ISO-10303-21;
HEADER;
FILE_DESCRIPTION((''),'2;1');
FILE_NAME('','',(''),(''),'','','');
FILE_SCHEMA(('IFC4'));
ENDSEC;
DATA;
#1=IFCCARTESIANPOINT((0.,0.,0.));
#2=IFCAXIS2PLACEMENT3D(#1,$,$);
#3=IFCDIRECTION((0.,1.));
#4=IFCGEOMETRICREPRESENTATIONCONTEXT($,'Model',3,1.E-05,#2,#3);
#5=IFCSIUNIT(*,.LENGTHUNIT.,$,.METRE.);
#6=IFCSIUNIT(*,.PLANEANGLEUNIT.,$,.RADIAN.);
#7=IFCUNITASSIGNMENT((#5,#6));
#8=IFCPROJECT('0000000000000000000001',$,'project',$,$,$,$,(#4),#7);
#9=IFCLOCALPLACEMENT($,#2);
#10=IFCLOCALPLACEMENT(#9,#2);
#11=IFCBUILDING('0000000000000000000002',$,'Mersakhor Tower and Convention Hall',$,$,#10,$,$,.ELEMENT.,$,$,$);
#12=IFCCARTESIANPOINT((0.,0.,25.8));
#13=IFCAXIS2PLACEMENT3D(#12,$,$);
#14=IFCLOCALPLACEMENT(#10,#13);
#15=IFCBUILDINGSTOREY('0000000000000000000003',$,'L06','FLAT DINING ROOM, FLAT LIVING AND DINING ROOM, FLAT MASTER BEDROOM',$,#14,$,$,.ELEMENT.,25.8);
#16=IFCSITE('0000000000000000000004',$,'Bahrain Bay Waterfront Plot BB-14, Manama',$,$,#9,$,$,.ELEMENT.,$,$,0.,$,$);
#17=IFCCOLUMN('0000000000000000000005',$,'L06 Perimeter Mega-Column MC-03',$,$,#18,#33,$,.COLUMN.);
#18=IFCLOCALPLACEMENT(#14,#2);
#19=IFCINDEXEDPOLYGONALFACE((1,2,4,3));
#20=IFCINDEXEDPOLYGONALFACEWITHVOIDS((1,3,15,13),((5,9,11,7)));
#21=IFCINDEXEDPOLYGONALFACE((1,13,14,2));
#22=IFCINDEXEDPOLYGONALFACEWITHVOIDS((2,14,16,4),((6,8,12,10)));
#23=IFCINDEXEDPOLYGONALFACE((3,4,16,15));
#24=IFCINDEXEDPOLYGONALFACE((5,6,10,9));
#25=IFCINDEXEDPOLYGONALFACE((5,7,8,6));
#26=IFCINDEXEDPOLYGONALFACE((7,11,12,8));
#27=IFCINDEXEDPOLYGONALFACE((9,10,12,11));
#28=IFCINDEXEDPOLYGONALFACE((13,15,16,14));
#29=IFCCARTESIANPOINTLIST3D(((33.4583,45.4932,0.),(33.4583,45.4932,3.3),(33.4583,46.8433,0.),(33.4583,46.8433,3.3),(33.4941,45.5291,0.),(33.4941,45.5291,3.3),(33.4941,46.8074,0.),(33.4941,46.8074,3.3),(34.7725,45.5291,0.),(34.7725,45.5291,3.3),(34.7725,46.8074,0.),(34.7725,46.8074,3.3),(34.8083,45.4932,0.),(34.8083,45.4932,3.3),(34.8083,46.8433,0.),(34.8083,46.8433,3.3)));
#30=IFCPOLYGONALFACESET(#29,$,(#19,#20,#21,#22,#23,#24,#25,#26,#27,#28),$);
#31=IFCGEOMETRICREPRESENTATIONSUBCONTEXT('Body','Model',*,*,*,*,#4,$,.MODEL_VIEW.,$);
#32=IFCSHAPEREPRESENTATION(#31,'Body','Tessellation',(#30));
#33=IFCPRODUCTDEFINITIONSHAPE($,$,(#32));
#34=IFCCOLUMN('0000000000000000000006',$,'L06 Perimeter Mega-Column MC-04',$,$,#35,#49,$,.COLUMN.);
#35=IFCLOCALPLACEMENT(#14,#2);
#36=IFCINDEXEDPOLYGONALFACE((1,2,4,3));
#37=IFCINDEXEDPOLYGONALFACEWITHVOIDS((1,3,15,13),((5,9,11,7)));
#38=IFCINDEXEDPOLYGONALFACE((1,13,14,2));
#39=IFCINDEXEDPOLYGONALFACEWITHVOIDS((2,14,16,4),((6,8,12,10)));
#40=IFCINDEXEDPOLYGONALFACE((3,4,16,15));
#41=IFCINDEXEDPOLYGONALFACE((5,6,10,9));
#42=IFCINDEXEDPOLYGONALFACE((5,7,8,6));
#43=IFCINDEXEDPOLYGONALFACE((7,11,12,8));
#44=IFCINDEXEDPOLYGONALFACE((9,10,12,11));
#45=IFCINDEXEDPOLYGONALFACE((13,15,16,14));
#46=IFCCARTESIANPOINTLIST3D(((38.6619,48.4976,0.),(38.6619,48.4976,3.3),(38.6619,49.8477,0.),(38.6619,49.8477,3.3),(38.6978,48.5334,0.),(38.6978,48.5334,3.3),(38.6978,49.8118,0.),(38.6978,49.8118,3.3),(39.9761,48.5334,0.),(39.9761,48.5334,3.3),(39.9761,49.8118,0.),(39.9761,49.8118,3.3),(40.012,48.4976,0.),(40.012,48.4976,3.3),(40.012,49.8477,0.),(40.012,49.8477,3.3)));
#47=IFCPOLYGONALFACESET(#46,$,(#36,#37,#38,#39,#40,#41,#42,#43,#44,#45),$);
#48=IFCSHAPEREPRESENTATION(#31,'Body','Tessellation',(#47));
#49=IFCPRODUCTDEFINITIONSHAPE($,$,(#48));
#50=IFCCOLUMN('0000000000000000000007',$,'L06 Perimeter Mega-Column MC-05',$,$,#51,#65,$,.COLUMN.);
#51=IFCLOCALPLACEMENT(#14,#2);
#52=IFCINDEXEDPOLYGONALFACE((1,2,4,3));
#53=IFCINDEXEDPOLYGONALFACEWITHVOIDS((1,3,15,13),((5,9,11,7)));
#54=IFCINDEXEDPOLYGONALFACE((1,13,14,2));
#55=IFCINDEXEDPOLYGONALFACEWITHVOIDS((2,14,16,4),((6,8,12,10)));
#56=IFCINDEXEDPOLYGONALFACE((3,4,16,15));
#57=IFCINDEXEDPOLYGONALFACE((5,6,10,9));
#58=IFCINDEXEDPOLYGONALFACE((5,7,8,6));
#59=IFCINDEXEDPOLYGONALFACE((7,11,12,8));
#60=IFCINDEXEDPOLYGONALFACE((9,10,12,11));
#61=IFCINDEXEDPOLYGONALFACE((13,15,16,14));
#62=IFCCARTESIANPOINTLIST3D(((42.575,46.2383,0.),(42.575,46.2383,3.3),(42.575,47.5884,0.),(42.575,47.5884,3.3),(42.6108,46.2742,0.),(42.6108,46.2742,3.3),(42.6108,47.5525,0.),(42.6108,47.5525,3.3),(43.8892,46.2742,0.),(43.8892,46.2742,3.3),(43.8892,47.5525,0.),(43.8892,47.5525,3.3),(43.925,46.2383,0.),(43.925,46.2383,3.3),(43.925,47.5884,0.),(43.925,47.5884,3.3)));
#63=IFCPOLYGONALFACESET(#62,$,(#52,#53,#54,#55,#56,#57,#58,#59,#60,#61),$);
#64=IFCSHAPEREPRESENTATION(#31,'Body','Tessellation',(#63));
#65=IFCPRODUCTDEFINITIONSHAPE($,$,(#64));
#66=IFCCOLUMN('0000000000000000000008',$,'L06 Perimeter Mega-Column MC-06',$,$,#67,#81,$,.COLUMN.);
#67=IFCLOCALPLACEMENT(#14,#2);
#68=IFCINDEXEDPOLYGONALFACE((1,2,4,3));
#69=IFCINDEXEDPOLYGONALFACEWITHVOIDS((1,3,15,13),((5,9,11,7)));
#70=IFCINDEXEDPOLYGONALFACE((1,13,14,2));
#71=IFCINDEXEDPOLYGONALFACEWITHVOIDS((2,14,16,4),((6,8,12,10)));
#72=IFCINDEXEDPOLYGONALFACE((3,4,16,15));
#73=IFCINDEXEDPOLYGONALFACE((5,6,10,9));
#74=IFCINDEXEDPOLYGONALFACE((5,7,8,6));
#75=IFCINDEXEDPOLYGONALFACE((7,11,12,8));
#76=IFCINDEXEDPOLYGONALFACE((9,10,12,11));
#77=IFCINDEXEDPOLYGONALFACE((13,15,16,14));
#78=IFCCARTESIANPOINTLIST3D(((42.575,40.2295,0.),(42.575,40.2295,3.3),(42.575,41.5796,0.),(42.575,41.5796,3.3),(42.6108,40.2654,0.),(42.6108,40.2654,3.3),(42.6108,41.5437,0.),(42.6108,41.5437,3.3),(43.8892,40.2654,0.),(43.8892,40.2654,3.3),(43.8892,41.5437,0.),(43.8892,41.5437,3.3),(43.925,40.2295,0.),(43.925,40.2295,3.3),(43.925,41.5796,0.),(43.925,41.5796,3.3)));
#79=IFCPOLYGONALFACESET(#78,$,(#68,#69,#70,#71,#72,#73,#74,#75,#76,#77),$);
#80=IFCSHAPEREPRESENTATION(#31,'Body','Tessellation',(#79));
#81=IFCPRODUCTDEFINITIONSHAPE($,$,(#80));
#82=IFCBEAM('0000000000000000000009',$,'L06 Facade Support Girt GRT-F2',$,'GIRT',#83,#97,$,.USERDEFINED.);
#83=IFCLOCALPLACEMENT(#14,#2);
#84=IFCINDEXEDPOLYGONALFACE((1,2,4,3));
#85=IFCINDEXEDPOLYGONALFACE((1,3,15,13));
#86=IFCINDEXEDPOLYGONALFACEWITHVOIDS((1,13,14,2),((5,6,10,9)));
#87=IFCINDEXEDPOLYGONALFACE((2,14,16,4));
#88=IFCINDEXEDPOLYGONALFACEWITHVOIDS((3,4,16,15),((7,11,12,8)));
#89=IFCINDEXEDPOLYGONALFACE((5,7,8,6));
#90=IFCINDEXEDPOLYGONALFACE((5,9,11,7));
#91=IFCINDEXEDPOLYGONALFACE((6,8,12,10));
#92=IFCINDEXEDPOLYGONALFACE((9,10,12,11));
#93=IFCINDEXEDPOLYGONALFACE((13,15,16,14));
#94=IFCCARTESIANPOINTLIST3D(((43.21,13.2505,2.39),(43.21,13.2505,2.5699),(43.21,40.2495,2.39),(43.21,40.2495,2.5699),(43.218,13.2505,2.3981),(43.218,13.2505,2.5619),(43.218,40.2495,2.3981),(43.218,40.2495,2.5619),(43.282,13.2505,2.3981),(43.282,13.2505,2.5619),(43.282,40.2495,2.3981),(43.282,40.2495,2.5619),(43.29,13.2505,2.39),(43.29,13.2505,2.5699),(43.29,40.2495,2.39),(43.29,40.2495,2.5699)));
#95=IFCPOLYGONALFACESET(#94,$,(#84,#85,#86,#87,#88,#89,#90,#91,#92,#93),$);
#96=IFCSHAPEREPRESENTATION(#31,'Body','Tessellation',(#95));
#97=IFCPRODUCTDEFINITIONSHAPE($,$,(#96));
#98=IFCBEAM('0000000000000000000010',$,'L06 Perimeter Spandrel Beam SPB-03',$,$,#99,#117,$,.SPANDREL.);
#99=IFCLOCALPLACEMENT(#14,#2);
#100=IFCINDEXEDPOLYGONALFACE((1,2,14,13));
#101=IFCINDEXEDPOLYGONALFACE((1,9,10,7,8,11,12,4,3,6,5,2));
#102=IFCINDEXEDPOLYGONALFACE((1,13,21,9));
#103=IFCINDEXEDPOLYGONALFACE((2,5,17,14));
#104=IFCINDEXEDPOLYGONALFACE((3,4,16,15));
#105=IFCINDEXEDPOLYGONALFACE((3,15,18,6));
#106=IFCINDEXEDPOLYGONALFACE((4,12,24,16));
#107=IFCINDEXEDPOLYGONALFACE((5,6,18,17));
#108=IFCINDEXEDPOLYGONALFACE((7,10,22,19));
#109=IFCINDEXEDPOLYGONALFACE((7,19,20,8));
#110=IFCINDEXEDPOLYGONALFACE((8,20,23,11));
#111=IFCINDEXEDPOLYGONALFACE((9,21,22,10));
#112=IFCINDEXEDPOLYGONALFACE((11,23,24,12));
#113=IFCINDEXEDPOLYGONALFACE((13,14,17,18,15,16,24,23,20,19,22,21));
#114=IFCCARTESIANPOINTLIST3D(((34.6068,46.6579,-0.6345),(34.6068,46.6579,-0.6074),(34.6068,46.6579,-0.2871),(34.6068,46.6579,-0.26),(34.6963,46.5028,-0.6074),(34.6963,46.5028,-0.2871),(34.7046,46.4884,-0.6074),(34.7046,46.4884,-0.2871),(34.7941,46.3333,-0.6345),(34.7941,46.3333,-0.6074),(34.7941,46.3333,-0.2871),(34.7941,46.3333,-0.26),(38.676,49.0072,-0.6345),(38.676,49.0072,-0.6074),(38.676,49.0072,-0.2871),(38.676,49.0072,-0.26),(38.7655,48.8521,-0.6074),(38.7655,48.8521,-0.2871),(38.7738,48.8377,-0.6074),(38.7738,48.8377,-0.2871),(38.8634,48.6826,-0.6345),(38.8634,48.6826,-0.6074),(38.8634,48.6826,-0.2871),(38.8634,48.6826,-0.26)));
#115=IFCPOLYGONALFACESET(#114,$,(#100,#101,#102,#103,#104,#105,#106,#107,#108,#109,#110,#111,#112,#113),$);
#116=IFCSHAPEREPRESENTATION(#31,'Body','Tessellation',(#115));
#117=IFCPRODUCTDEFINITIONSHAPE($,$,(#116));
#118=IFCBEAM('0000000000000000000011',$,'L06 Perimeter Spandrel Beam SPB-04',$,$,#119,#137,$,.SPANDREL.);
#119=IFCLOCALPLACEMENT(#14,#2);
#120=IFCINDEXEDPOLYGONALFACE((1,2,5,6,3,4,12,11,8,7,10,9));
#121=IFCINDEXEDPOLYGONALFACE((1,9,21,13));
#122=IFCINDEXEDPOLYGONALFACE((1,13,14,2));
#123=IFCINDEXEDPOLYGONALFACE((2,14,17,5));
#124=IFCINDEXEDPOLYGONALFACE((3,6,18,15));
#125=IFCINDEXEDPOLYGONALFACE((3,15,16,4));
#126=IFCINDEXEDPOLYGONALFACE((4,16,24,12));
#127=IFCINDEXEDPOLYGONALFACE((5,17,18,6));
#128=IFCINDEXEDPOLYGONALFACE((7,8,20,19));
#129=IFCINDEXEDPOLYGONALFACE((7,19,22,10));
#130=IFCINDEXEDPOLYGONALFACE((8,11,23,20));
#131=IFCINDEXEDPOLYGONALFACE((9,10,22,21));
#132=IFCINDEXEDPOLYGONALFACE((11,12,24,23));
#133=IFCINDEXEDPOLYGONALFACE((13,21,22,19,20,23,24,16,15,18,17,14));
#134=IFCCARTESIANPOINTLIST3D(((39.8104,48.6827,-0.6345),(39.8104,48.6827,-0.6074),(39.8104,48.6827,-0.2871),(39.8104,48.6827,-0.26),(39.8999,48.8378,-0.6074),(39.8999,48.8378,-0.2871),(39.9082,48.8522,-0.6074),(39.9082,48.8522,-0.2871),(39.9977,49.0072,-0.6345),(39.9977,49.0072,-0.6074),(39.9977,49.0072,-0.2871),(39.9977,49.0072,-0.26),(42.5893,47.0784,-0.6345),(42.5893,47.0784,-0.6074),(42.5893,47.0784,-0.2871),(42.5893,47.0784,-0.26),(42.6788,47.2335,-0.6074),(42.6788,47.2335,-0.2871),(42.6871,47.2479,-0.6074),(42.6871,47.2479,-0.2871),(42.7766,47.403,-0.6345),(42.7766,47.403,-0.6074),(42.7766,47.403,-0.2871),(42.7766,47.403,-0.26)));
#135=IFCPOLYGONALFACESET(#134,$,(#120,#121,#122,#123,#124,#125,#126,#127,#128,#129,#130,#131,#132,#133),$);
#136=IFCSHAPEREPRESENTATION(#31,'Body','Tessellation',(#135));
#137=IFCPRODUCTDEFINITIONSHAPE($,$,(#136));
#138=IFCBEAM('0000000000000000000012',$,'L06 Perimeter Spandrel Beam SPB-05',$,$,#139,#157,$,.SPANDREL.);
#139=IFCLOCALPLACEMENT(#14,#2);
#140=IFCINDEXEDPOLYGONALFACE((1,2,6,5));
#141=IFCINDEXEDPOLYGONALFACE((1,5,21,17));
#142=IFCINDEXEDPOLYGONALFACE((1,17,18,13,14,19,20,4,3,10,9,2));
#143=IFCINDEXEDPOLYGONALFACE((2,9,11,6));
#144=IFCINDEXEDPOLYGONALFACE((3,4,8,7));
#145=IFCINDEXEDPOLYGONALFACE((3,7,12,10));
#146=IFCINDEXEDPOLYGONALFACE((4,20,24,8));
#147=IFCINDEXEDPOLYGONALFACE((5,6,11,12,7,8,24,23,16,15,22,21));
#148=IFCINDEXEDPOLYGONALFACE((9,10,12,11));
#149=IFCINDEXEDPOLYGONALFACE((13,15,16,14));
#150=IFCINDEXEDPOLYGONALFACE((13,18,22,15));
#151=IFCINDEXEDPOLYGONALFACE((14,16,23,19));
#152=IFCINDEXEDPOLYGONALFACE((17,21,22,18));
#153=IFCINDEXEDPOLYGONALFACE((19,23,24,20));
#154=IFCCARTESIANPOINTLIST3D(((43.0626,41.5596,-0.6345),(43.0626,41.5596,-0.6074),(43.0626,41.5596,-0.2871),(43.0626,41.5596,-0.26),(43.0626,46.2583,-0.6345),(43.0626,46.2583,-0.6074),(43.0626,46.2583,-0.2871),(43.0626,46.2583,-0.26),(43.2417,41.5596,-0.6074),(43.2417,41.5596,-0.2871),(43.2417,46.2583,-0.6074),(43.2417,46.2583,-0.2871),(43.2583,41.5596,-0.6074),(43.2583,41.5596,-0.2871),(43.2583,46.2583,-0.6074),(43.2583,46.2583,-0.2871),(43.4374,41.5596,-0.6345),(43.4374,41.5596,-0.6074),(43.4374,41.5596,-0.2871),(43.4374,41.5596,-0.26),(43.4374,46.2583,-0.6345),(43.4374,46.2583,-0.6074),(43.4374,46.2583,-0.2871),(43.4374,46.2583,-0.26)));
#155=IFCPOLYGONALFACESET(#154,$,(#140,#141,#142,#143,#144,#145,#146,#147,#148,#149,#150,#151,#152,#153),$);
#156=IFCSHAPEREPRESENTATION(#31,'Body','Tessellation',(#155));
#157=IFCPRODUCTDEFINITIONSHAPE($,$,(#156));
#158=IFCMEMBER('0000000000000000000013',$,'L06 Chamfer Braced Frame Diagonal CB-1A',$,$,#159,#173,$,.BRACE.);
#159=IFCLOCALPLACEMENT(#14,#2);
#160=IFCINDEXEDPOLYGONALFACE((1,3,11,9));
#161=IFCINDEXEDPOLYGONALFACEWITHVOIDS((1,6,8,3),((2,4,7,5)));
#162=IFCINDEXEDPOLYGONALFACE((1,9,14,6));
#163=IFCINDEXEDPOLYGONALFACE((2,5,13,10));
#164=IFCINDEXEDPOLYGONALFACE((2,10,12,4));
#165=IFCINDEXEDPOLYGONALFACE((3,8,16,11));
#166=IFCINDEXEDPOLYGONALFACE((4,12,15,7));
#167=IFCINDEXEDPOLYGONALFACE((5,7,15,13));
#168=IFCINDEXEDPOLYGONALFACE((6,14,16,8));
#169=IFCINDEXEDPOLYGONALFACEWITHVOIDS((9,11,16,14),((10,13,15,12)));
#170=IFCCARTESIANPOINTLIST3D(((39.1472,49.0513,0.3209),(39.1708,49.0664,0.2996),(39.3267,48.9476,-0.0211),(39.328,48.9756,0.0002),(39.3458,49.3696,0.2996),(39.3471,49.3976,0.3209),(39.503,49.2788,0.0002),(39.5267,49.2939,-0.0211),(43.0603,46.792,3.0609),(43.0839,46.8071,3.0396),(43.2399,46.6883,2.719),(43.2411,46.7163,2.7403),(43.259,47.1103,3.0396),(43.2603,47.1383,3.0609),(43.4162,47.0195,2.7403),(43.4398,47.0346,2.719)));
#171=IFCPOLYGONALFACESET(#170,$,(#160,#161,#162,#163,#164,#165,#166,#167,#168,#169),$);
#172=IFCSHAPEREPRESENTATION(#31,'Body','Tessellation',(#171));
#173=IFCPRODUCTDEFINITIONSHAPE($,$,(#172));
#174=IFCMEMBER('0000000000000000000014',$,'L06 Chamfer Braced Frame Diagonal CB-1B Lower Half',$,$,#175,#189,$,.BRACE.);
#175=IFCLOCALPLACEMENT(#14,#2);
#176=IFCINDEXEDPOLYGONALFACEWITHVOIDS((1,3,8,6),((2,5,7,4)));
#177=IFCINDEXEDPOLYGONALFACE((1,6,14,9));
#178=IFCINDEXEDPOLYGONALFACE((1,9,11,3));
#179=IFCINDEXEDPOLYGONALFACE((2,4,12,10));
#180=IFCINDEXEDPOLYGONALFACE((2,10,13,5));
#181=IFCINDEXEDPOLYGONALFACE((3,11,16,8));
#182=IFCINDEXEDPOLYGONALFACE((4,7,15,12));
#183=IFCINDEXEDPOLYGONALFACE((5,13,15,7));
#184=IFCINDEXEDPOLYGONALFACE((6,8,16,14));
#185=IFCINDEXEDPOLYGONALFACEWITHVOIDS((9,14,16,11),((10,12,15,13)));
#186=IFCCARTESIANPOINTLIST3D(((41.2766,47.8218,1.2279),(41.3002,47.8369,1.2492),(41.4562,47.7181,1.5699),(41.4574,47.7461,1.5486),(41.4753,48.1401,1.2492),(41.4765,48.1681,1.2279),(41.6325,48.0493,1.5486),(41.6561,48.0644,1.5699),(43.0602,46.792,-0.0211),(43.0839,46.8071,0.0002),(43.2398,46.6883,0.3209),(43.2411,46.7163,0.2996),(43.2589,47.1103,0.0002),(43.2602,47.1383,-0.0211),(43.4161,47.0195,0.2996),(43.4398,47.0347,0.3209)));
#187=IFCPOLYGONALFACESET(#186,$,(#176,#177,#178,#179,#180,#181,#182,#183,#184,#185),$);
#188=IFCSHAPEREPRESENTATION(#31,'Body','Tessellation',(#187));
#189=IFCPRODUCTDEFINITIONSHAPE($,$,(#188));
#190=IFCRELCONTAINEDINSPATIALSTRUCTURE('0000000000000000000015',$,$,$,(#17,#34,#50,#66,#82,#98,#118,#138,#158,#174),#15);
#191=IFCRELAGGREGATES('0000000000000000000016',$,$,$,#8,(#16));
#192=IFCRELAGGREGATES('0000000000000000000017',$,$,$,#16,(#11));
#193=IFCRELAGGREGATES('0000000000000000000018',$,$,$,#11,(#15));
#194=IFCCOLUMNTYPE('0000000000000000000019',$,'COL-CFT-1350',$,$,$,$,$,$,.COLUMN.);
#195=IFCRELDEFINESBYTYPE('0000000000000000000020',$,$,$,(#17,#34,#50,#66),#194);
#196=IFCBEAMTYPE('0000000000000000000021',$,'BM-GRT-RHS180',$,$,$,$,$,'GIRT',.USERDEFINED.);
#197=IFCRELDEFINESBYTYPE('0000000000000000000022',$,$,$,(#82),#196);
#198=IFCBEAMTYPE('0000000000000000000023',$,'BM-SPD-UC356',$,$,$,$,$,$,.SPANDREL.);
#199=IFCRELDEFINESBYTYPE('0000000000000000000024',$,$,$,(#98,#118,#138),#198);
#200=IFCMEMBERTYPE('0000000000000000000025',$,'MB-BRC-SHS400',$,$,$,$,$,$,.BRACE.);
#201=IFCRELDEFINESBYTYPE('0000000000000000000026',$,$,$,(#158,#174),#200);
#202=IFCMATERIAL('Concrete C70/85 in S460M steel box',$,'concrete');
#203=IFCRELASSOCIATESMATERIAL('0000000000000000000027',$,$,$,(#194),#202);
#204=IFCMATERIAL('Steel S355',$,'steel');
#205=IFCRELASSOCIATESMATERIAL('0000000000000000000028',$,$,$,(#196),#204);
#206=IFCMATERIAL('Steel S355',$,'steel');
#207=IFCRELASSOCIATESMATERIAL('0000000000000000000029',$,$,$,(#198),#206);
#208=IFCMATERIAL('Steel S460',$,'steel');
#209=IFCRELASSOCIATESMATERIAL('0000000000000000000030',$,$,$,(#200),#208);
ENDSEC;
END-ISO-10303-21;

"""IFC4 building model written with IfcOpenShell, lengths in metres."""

from ifc_helpers import new_model, si_unit, direction, frame, origin, origin_2d, place, context, subcontext, project, spatial, hollow_rectangle, i_section, extrude, material, material_profile, profile_set, type_object, element, save


model = new_model("IFC4")

# Units and contexts
model_context = context("Model", 3, precision=1e-05, world=origin(), true_north=direction((0.0, 1.0)))
body_context = subcontext(model_context, "Body", "Model", "MODEL_VIEW")
ifc_project = project(units=[si_unit("LENGTHUNIT", "METRE"), si_unit("PLANEANGLEUNIT", "RADIAN")], contexts=[model_context])

# Site, building, storey
site_placement = place(None, origin())
site = spatial("IfcSite", under=ifc_project, at=site_placement, Name="Bahrain Bay Waterfront Plot BB-14, Manama", CompositionType="ELEMENT", RefElevation=0.0)
building_placement = place(site_placement, origin())
building = spatial("IfcBuilding", under=site, at=building_placement, Name="Mersakhor Tower and Convention Hall", CompositionType="ELEMENT")
storey_placement = place(building_placement, frame((0.0, 0.0, 25.8)))
storey = spatial("IfcBuildingStorey", under=building, at=storey_placement, Name="L06", Description="FLAT DINING ROOM, FLAT LIVING AND DINING ROOM, FLAT MASTER BEDROOM", CompositionType="ELEMENT", Elevation=25.8)

# Columns
ifc_material_1 = material(Name="Concrete C70/85 in S460M steel box", Category="concrete")
ifc_material_profile_1 = material_profile(ifc_material_1, hollow_rectangle(XDim=1.3501, YDim=1.3501, WallThickness=0.0359, at=origin_2d()), Name="SHS 1350x1350x36")
ifc_profile_set_1 = profile_set([ifc_material_profile_1], Name="Concrete C70/85 in S460M steel box")
column_type = type_object("IfcColumnType", Name="COL-CFT-1350", PredefinedType="COLUMN", material=ifc_profile_set_1)
for number, where, z_axis, x_axis, name in (
    (1, (34.1333, 46.1682, 0.0), (0.0, 0.0, 1.0), (1.0, 0.0, 0.0), "L06 Perimeter Mega-Column MC-03"),
    (2, (39.3369, 49.1726, 0.0), (0.0, 0.0, 1.0), (1.0, 0.0, 0.0), "L06 Perimeter Mega-Column MC-04"),
    (3, (43.25, 46.9133, 0.0), (0.0, 0.0, 1.0), (1.0, 0.0, 0.0), "L06 Perimeter Mega-Column MC-05"),
    (4, (43.25, 40.9045, 0.0), (0.0, 0.0, 1.0), (1.0, 0.0, 0.0), "L06 Perimeter Mega-Column MC-06"),
):
    element("IfcColumn", number, at=place(storey_placement, frame(where, z_axis=z_axis, x_axis=x_axis)), inside=storey, type_object=column_type, Name=name, PredefinedType="COLUMN", context=body_context, shape_type="SweptSolid", body=[
        extrude(hollow_rectangle(XDim=1.3501, YDim=1.3501, WallThickness=0.0359, at=origin_2d()), origin(), (0.0, 0.0, 1.0), 3.3),
    ])

# Beams
ifc_material_2 = material(Name="Steel S355", Category="steel")
ifc_material_profile_2 = material_profile(ifc_material_2, hollow_rectangle(XDim=0.0801, YDim=0.1799, WallThickness=0.0081, at=origin_2d()), Name="RHS 180x80x8")
ifc_profile_set_2 = profile_set([ifc_material_profile_2], Name="Steel S355")
beam_type_1 = type_object("IfcBeamType", Name="BM-GRT-RHS180", ElementType="GIRT", PredefinedType="USERDEFINED", material=ifc_profile_set_2)
beam_1_placement = place(storey_placement, frame((43.25, 40.2495, 2.48), z_axis=(0.0, -1.0, 0.0), x_axis=(1.0, 0.0, 0.0)))
element("IfcBeam", 5, at=beam_1_placement, inside=storey, type_object=beam_type_1, Name="L06 Facade Support Girt GRT-F2", ObjectType="GIRT", PredefinedType="USERDEFINED", context=body_context, shape_type="SweptSolid", body=[
    extrude(hollow_rectangle(XDim=0.0801, YDim=0.1799, WallThickness=0.0081, at=origin_2d()), origin(), (0.0, 0.0, 1.0), 26.999),
])
ifc_material_3 = material(Name="Steel S355", Category="steel")
ifc_material_profile_3 = material_profile(ifc_material_3, i_section(OverallWidth=0.3748, OverallDepth=0.3745, WebThickness=0.0166, FlangeThickness=0.0271, at=origin_2d()), Name="UC 356x368x202")
ifc_profile_set_3 = profile_set([ifc_material_profile_3], Name="Steel S355")
beam_type_2 = type_object("IfcBeamType", Name="BM-SPD-UC356", PredefinedType="SPANDREL", material=ifc_profile_set_3)
beam_2_placement = place(storey_placement, frame((34.7004, 46.4956, -0.4473), z_axis=(0.866032, 0.499989, 0.0), x_axis=(-0.499989, 0.866032, 0.0)))
element("IfcBeam", 6, at=beam_2_placement, inside=storey, type_object=beam_type_2, Name="L06 Perimeter Spandrel Beam SPB-03", PredefinedType="SPANDREL", context=body_context, shape_type="SweptSolid", body=[
    extrude(i_section(OverallWidth=0.3748, OverallDepth=0.3745, WebThickness=0.0166, FlangeThickness=0.0271, at=origin_2d()), origin(), (0.0, 0.0, 1.0), 4.6987),
])
beam_3_placement = place(storey_placement, frame((39.9041, 48.845, -0.4473), z_axis=(0.866039, -0.499977, 0.0), x_axis=(0.499977, 0.866039, 0.0)))
element("IfcBeam", 7, at=beam_3_placement, inside=storey, type_object=beam_type_2, Name="L06 Perimeter Spandrel Beam SPB-04", PredefinedType="SPANDREL", context=body_context, shape_type="SweptSolid", body=[
    extrude(i_section(OverallWidth=0.3748, OverallDepth=0.3745, WebThickness=0.0166, FlangeThickness=0.0271, at=origin_2d()), origin(), (0.0, 0.0, 1.0), 3.2087),
])
beam_4_placement = place(storey_placement, frame((43.25, 46.2583, -0.4473), z_axis=(0.0, -1.0, 0.0), x_axis=(1.0, 0.0, 0.0)))
element("IfcBeam", 8, at=beam_4_placement, inside=storey, type_object=beam_type_2, Name="L06 Perimeter Spandrel Beam SPB-05", PredefinedType="SPANDREL", context=body_context, shape_type="SweptSolid", body=[
    extrude(i_section(OverallWidth=0.3748, OverallDepth=0.3745, WebThickness=0.0166, FlangeThickness=0.0271, at=origin_2d()), origin(), (0.0, 0.0, 1.0), 4.6987),
])

# Members
ifc_material_4 = material(Name="Steel S460", Category="steel")
ifc_material_profile_4 = material_profile(ifc_material_4, hollow_rectangle(XDim=0.3999, YDim=0.3999, WallThickness=0.0249, at=origin_2d()), Name="SHS 400x400x25")
ifc_profile_set_4 = profile_set([ifc_material_profile_4], Name="Steel S460")
member_type = type_object("IfcMemberType", Name="MB-BRC-SHS400", PredefinedType="BRACE", material=ifc_profile_set_4)
member_placement = place(storey_placement, frame((39.3369, 49.1726, 0.1499), z_axis=(0.740508, -0.427543, 0.518513), x_axis=(0.500009, 0.86602, 0.0)))
element("IfcMember", 9, at=member_placement, inside=storey, type_object=member_type, Name="L06 Chamfer Braced Frame Diagonal CB-1A", PredefinedType="BRACE", context=body_context, shape_type="SweptSolid", body=[
    extrude(hollow_rectangle(XDim=0.3999, YDim=0.3999, WallThickness=0.0249, at=origin_2d()), origin(), (0.0, 0.0, 1.0), 5.2844),
])
for number, where, z_axis, x_axis, name in (
    (10, (43.25, 46.9133, 0.1499), (-0.740505, 0.427519, 0.518536), (-0.499989, -0.866032, 0.0), "L06 Chamfer Braced Frame Diagonal CB-1B Lower Half"),
):
    element("IfcMember", number, at=place(storey_placement, frame(where, z_axis=z_axis, x_axis=x_axis)), inside=storey, type_object=member_type, Name=name, PredefinedType="BRACE", context=body_context, shape_type="SweptSolid", body=[
        extrude(hollow_rectangle(XDim=0.3999, YDim=0.3999, WallThickness=0.0249, at=origin_2d()), origin(), (0.0, 0.0, 1.0), 2.4087),
    ])

save(model, "model.ifc")
